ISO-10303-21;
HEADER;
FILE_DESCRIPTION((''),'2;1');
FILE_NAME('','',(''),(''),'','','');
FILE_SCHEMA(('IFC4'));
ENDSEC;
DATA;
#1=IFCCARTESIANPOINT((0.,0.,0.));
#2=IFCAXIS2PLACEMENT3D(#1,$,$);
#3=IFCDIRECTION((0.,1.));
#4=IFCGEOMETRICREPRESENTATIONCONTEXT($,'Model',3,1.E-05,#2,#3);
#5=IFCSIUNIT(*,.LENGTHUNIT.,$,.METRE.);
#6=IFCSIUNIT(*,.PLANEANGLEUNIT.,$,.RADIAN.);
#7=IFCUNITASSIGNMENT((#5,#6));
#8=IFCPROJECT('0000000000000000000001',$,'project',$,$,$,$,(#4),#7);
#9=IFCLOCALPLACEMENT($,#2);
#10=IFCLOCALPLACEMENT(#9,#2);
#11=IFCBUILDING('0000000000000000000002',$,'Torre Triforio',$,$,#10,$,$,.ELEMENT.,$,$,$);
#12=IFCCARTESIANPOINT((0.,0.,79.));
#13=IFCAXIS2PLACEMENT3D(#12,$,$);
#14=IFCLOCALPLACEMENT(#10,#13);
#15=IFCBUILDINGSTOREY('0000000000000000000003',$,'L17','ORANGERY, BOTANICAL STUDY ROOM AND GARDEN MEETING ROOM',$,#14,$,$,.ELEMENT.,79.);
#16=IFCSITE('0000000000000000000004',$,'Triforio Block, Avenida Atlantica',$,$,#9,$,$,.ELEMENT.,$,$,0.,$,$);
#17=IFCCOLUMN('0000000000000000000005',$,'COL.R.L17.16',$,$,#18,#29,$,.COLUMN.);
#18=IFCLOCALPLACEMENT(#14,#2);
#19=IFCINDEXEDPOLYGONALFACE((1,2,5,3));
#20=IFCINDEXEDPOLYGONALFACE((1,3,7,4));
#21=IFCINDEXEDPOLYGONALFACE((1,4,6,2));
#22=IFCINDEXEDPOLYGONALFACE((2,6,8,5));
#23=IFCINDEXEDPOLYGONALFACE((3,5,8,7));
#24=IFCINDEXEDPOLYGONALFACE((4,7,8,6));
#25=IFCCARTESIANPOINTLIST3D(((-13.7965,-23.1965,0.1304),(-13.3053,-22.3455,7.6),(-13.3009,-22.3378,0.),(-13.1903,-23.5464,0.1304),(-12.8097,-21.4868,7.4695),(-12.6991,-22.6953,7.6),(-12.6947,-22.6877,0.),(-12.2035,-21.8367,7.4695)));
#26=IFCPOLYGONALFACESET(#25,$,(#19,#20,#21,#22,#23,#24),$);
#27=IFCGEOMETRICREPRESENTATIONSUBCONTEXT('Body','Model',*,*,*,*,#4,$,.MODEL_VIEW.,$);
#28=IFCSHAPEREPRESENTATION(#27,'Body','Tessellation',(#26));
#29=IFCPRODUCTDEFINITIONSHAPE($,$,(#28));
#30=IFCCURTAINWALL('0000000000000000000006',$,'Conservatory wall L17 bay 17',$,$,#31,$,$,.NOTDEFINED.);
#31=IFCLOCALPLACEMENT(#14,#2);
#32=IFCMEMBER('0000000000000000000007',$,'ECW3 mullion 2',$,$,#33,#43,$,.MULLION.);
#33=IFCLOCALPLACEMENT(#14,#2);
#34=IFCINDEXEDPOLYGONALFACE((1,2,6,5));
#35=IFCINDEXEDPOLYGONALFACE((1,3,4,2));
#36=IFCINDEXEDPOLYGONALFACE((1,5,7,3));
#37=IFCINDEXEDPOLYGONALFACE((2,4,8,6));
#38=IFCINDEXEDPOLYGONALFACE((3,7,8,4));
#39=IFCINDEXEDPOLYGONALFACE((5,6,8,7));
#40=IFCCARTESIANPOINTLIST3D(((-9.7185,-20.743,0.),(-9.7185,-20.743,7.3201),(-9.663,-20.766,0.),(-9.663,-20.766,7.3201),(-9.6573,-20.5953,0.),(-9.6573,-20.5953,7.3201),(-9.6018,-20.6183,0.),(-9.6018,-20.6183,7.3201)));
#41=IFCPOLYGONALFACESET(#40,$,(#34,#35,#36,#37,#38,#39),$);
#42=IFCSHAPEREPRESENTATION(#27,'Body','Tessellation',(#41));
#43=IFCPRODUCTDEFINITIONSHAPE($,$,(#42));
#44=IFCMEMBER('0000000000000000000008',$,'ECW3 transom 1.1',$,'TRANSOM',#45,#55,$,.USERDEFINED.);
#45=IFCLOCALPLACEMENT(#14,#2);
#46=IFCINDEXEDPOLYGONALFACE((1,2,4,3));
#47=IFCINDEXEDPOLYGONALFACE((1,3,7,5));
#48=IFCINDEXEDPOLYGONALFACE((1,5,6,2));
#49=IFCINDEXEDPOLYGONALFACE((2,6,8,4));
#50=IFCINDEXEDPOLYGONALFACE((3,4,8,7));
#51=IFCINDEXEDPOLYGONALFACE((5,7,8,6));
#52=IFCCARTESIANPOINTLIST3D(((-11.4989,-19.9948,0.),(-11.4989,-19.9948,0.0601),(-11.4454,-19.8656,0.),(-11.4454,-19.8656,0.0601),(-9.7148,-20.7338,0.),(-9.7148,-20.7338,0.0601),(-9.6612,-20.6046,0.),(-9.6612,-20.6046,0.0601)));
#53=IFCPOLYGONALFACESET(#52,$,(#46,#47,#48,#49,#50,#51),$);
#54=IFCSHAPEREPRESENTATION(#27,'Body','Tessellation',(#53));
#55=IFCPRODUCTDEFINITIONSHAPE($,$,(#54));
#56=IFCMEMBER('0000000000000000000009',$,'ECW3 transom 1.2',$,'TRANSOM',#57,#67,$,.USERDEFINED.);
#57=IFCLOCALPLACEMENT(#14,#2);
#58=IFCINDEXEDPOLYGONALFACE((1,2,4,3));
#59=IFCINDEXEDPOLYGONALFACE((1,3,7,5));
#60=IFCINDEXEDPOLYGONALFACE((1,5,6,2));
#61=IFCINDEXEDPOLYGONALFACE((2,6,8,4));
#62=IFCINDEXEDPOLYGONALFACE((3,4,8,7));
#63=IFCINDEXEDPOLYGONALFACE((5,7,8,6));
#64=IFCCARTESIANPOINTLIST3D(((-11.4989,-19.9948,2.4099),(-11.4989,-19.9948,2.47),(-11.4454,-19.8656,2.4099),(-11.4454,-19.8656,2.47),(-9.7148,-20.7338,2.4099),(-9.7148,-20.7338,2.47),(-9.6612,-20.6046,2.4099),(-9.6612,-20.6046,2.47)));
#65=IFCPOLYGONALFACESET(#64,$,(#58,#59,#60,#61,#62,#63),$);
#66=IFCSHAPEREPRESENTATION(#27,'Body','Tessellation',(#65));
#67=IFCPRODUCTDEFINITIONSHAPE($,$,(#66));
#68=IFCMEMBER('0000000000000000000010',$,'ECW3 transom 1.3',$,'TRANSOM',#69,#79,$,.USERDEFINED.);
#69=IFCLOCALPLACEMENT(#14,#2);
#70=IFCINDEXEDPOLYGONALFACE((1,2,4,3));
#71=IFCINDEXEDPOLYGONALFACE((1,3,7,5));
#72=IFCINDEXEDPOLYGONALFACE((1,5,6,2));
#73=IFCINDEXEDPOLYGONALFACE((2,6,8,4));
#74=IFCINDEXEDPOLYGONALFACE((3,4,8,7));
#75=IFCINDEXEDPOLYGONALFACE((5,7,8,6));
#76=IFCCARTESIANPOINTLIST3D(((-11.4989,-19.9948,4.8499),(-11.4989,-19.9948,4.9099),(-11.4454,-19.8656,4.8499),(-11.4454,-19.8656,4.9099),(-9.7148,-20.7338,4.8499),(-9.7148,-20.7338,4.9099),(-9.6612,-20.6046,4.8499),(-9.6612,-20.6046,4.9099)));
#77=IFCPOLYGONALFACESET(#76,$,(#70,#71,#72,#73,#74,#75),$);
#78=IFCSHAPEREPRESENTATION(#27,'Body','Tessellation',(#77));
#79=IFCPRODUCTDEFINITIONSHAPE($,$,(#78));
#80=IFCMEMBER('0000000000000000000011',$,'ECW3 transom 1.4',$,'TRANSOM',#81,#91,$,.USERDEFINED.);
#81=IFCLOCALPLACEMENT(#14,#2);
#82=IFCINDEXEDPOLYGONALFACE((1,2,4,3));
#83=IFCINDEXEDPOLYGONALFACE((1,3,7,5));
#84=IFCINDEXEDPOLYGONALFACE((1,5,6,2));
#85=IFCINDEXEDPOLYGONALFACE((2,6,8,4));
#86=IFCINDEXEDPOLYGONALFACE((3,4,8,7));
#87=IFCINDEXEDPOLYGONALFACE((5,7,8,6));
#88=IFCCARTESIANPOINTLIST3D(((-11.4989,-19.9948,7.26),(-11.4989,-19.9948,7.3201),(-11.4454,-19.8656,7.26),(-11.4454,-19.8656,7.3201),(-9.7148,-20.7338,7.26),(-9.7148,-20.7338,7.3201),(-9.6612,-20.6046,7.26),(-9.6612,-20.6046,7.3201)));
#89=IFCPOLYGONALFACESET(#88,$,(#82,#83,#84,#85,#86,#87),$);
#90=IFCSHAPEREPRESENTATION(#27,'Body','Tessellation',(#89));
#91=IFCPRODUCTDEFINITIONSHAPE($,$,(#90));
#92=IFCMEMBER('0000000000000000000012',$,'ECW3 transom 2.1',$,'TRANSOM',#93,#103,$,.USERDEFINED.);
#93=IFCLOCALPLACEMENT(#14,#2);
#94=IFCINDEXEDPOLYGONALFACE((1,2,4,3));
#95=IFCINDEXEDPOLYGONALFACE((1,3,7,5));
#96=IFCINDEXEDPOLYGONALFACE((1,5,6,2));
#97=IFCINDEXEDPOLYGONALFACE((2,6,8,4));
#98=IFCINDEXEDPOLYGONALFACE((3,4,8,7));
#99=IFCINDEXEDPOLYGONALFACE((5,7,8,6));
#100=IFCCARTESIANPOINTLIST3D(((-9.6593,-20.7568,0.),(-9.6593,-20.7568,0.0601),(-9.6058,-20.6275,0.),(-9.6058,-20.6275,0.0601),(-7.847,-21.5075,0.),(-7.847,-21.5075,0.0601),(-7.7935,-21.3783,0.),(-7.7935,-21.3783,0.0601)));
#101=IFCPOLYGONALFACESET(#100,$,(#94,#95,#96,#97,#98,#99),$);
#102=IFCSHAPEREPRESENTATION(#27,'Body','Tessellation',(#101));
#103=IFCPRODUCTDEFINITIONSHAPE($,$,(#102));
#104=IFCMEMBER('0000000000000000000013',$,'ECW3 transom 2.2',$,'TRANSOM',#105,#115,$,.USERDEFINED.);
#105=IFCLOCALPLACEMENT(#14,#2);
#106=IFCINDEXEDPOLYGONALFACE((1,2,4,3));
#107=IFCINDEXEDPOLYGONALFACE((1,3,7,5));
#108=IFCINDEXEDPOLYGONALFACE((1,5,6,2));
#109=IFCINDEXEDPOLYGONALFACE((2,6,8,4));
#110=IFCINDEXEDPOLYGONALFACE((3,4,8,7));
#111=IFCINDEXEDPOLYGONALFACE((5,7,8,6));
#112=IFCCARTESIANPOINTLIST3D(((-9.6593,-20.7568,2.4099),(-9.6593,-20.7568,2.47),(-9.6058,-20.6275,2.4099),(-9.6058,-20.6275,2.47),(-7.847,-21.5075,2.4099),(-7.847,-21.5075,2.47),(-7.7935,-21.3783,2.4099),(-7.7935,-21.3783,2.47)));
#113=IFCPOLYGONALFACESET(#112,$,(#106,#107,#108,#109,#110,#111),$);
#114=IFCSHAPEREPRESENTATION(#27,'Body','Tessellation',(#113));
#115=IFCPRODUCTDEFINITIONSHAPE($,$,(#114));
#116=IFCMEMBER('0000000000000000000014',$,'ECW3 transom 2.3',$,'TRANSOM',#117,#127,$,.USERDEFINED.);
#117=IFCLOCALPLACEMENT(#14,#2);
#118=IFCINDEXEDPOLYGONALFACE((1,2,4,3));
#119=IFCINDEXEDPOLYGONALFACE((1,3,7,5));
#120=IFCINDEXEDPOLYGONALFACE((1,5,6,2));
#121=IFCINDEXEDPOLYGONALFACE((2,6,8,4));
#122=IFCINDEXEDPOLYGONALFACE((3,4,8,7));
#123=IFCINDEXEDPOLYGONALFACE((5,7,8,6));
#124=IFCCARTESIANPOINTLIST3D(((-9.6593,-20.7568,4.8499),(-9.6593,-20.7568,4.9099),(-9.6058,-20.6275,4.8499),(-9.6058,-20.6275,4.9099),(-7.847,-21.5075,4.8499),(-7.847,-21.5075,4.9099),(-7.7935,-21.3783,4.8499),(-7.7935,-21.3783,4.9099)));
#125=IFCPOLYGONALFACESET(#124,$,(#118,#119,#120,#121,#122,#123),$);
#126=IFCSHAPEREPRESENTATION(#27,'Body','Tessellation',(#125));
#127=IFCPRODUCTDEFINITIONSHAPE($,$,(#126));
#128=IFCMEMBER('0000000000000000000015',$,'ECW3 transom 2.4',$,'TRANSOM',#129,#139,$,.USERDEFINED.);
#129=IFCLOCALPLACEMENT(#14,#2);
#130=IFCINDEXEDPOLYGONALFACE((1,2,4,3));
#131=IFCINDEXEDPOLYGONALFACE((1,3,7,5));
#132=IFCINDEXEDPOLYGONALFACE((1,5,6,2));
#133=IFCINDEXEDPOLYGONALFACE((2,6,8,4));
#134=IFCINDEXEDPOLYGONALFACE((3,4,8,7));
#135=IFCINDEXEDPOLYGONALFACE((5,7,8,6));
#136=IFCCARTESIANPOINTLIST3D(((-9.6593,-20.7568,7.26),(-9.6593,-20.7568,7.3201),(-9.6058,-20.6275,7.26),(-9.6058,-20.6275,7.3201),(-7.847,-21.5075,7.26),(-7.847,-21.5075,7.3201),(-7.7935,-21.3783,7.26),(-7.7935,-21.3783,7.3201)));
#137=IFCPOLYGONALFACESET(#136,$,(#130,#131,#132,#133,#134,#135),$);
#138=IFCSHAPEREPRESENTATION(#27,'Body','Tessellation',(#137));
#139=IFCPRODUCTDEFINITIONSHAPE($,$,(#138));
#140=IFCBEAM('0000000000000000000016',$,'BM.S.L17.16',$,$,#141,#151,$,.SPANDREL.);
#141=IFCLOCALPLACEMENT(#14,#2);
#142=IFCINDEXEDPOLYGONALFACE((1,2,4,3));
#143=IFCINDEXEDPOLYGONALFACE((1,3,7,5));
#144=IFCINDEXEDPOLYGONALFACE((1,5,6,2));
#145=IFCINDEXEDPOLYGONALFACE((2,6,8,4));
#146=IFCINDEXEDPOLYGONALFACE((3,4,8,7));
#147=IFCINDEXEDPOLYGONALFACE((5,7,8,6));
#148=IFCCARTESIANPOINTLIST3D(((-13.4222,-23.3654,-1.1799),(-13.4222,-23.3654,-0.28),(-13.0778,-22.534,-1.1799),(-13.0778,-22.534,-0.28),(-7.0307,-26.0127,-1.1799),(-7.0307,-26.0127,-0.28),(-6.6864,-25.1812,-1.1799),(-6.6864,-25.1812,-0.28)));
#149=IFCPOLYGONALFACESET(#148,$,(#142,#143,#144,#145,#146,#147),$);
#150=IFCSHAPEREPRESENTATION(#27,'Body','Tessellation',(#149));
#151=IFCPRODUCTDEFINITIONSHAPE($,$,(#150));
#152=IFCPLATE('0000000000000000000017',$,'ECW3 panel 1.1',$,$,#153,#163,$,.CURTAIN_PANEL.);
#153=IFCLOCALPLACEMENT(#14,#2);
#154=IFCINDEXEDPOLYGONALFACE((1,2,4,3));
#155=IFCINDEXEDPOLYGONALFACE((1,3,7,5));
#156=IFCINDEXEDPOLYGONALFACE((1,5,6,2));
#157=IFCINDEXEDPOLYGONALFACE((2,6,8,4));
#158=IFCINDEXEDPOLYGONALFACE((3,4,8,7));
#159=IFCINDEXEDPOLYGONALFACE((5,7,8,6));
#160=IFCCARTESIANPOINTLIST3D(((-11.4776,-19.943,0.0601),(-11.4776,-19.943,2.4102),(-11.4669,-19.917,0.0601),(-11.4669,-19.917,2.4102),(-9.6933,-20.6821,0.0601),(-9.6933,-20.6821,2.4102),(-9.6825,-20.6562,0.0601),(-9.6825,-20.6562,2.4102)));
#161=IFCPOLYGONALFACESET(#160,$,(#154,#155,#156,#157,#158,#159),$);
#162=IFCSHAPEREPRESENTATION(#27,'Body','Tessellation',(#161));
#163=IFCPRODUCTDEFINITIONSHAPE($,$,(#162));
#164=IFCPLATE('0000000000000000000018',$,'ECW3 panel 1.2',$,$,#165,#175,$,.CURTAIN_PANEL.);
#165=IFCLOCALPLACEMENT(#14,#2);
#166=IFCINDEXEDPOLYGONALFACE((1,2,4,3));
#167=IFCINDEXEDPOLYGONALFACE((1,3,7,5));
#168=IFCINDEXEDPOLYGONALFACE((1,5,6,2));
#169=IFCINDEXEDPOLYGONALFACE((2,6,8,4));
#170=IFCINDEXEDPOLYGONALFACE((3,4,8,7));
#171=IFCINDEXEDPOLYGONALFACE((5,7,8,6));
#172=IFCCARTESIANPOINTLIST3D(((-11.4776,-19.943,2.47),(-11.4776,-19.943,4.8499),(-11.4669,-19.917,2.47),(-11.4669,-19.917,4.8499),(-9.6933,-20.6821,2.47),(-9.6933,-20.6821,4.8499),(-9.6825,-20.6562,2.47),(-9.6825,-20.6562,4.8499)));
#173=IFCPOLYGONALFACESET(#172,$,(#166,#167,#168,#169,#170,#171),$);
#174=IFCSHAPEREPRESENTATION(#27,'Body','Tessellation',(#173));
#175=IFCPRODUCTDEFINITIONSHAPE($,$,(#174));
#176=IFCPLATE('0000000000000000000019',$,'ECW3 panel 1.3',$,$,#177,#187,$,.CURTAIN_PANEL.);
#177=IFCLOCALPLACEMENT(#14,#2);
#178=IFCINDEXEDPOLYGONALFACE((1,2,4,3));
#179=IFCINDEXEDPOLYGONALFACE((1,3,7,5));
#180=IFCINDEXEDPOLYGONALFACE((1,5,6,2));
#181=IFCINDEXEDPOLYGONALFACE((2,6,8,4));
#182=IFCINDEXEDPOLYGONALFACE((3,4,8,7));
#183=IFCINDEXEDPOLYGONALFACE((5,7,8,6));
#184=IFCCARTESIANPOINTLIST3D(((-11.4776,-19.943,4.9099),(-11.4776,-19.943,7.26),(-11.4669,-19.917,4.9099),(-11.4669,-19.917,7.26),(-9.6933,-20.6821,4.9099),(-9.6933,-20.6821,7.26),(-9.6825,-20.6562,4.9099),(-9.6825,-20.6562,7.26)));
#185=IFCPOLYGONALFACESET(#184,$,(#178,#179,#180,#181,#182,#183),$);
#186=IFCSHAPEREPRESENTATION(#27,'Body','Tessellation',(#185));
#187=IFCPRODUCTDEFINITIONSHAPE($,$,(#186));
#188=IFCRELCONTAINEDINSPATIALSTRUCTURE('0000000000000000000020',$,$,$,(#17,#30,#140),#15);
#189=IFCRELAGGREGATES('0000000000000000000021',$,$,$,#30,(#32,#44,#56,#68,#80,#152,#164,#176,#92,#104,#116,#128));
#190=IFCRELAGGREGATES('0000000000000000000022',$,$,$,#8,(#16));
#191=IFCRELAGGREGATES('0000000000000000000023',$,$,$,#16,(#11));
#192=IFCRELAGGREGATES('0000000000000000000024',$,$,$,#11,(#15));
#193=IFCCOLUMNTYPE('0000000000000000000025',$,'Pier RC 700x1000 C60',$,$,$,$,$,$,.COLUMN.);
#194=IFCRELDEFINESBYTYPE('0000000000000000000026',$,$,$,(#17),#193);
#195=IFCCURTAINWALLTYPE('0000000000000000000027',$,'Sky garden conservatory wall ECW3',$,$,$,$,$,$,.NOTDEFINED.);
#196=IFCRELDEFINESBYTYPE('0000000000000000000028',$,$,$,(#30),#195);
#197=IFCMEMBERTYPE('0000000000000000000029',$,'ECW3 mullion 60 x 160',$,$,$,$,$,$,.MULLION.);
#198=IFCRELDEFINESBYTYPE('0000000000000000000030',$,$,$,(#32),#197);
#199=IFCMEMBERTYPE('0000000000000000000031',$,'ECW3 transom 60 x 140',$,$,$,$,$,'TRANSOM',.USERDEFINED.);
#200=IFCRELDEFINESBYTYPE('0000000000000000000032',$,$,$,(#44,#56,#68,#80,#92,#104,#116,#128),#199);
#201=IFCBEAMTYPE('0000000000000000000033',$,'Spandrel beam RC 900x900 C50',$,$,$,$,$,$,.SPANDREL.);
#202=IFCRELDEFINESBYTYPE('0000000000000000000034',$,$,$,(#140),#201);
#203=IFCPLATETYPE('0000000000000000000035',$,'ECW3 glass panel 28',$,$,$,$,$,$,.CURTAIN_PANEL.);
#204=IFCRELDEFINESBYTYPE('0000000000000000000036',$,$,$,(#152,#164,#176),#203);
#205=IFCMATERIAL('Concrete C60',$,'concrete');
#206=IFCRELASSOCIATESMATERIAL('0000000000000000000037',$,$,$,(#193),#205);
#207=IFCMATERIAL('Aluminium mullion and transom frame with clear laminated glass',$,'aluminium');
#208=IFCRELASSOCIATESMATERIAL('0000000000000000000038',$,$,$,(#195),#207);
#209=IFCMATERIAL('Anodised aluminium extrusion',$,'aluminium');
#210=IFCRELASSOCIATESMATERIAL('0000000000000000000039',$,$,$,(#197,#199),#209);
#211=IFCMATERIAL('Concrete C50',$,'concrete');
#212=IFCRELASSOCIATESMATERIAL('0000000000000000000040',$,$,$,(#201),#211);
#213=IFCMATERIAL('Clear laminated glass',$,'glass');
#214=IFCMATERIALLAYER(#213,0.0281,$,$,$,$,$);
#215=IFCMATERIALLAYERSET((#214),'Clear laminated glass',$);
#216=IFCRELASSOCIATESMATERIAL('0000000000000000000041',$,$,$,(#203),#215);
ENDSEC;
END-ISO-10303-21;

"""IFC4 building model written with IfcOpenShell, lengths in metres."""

from ifc_helpers import new_model, si_unit, direction, frame, origin, origin_2d, place, context, subcontext, project, spatial, rectangle, extrude, material, layer, layer_set, material_profile, profile_set, type_object, element, aggregate, save


model = new_model("IFC4")

# Units and contexts
model_context = context("Model", 3, precision=1e-05, world=origin(), true_north=direction((0.0, 1.0)))
body_context = subcontext(model_context, "Body", "Model", "MODEL_VIEW")
ifc_project = project(units=[si_unit("LENGTHUNIT", "METRE"), si_unit("PLANEANGLEUNIT", "RADIAN")], contexts=[model_context])

# Site, building, storey
site_placement = place(None, origin())
site = spatial("IfcSite", under=ifc_project, at=site_placement, Name="Triforio Block, Avenida Atlantica", CompositionType="ELEMENT", RefElevation=0.0)
building_placement = place(site_placement, origin())
building = spatial("IfcBuilding", under=site, at=building_placement, Name="Torre Triforio", CompositionType="ELEMENT")
storey_placement = place(building_placement, frame((0.0, 0.0, 79.0)))
storey = spatial("IfcBuildingStorey", under=building, at=storey_placement, Name="L17", Description="ORANGERY, BOTANICAL STUDY ROOM AND GARDEN MEETING ROOM", CompositionType="ELEMENT", Elevation=79.0)

# Column
ifc_material_1 = material(Name="Concrete C60", Category="concrete")
ifc_material_profile_1 = material_profile(ifc_material_1, rectangle(XDim=0.7, YDim=1.0, at=origin_2d()), Name="RC 700x1000")
ifc_profile_set_1 = profile_set([ifc_material_profile_1], Name="Concrete C60")
column_type = type_object("IfcColumnType", Name="Pier RC 700x1000 C60", PredefinedType="COLUMN", material=ifc_profile_set_1)
column_placement = place(storey_placement, frame((-13.2456, -22.9421, 0.0652), z_axis=(0.065201, 0.112967, 0.991457), x_axis=(-0.866095, 0.49988, 0.0)))
element("IfcColumn", 1, at=column_placement, inside=storey, type_object=column_type, Name="COL.R.L17.16", PredefinedType="COLUMN", context=body_context, shape_type="SweptSolid", body=[
    extrude(rectangle(XDim=0.7, YDim=1.0, at=origin_2d()), origin(), (0.0, 0.0, 1.0), 7.5339),
])

# Curtain wall, members
ifc_material_2 = material(Name="Aluminium mullion and transom frame with clear laminated glass", Category="aluminium")
curtain_wall_type = type_object("IfcCurtainWallType", Name="Sky garden conservatory wall ECW3", PredefinedType="NOTDEFINED", material=ifc_material_2)
curtain_wall_placement = place(storey_placement, origin())
curtain_wall = element("IfcCurtainWall", 2, at=curtain_wall_placement, inside=storey, type_object=curtain_wall_type, Name="Conservatory wall L17 bay 17", PredefinedType="NOTDEFINED")
ifc_material_3 = material(Name="Anodised aluminium extrusion", Category="aluminium")
ifc_material_profile_2 = material_profile(ifc_material_3, rectangle(XDim=0.1599, YDim=0.0601, at=origin_2d()), Name="ECW3 MULLION 60x160")
ifc_profile_set_2 = profile_set([ifc_material_profile_2], Name="Anodised aluminium extrusion")
member_type_1 = type_object("IfcMemberType", Name="ECW3 mullion 60 x 160", PredefinedType="MULLION", material=ifc_profile_set_2)
member_1_placement = place(storey_placement, frame((-9.6602, -20.6807, 0.0), z_axis=(0.0, 0.0, 1.0), x_axis=(0.382687, 0.923878, 0.0)))
member_1 = element("IfcMember", 3, at=member_1_placement, type_object=member_type_1, Name="ECW3 mullion 2", PredefinedType="MULLION", context=body_context, shape_type="SweptSolid", body=[
    extrude(rectangle(XDim=0.1599, YDim=0.0601, at=origin_2d()), origin(), (0.0, 0.0, 1.0), 7.3201),
])
ifc_material_profile_3 = material_profile(ifc_material_3, rectangle(XDim=0.1399, YDim=0.0601, at=origin_2d()), Name="ECW3 TRANSOM 60x140")
ifc_profile_set_3 = profile_set([ifc_material_profile_3], Name="Anodised aluminium extrusion")
member_type_2 = type_object("IfcMemberType", Name="ECW3 transom 60 x 140", ElementType="TRANSOM", PredefinedType="USERDEFINED", material=ifc_profile_set_3)
member_2_placement = place(storey_placement, frame((-11.4722, -19.9302, 0.03), z_axis=(0.923883, -0.382676, 0.0), x_axis=(0.382676, 0.923883, 0.0)))
member_2 = element("IfcMember", 4, at=member_2_placement, type_object=member_type_2, Name="ECW3 transom 1.1", ObjectType="TRANSOM", PredefinedType="USERDEFINED", context=body_context, shape_type="SweptSolid", body=[
    extrude(rectangle(XDim=0.1399, YDim=0.0601, at=origin_2d()), origin(), (0.0, 0.0, 1.0), 1.9312),
])
member_3_placement = place(storey_placement, frame((-11.4722, -19.9302, 2.4399), z_axis=(0.923883, -0.382676, 0.0), x_axis=(0.382676, 0.923883, 0.0)))
member_3 = element("IfcMember", 5, at=member_3_placement, type_object=member_type_2, Name="ECW3 transom 1.2", ObjectType="TRANSOM", PredefinedType="USERDEFINED", context=body_context, shape_type="SweptSolid", body=[
    extrude(rectangle(XDim=0.1399, YDim=0.0601, at=origin_2d()), origin(), (0.0, 0.0, 1.0), 1.9312),
])
member_4_placement = place(storey_placement, frame((-11.4722, -19.9302, 4.8799), z_axis=(0.923883, -0.382676, 0.0), x_axis=(0.382676, 0.923883, 0.0)))
member_4 = element("IfcMember", 6, at=member_4_placement, type_object=member_type_2, Name="ECW3 transom 1.3", ObjectType="TRANSOM", PredefinedType="USERDEFINED", context=body_context, shape_type="SweptSolid", body=[
    extrude(rectangle(XDim=0.1399, YDim=0.0601, at=origin_2d()), origin(), (0.0, 0.0, 1.0), 1.9312),
])
member_5_placement = place(storey_placement, frame((-11.4722, -19.9302, 7.29), z_axis=(0.923883, -0.382676, 0.0), x_axis=(0.382676, 0.923883, 0.0)))
member_5 = element("IfcMember", 7, at=member_5_placement, type_object=member_type_2, Name="ECW3 transom 1.4", ObjectType="TRANSOM", PredefinedType="USERDEFINED", context=body_context, shape_type="SweptSolid", body=[
    extrude(rectangle(XDim=0.1399, YDim=0.0601, at=origin_2d()), origin(), (0.0, 0.0, 1.0), 1.9312),
])
member_6_placement = place(storey_placement, frame((-9.6326, -20.6921, 0.03), z_axis=(0.923867, -0.382715, 0.0), x_axis=(0.382715, 0.923867, 0.0)))
member_6 = element("IfcMember", 8, at=member_6_placement, type_object=member_type_2, Name="ECW3 transom 2.1", ObjectType="TRANSOM", PredefinedType="USERDEFINED", context=body_context, shape_type="SweptSolid", body=[
    extrude(rectangle(XDim=0.1399, YDim=0.0601, at=origin_2d()), origin(), (0.0, 0.0, 1.0), 1.9617),
])
member_7_placement = place(storey_placement, frame((-9.6326, -20.6921, 2.4399), z_axis=(0.923867, -0.382715, 0.0), x_axis=(0.382715, 0.923867, 0.0)))
member_7 = element("IfcMember", 9, at=member_7_placement, type_object=member_type_2, Name="ECW3 transom 2.2", ObjectType="TRANSOM", PredefinedType="USERDEFINED", context=body_context, shape_type="SweptSolid", body=[
    extrude(rectangle(XDim=0.1399, YDim=0.0601, at=origin_2d()), origin(), (0.0, 0.0, 1.0), 1.9617),
])
member_8_placement = place(storey_placement, frame((-9.6326, -20.6921, 4.8799), z_axis=(0.923867, -0.382715, 0.0), x_axis=(0.382715, 0.923867, 0.0)))
member_8 = element("IfcMember", 10, at=member_8_placement, type_object=member_type_2, Name="ECW3 transom 2.3", ObjectType="TRANSOM", PredefinedType="USERDEFINED", context=body_context, shape_type="SweptSolid", body=[
    extrude(rectangle(XDim=0.1399, YDim=0.0601, at=origin_2d()), origin(), (0.0, 0.0, 1.0), 1.9617),
])
member_9_placement = place(storey_placement, frame((-9.6326, -20.6921, 7.29), z_axis=(0.923867, -0.382715, 0.0), x_axis=(0.382715, 0.923867, 0.0)))
member_9 = element("IfcMember", 11, at=member_9_placement, type_object=member_type_2, Name="ECW3 transom 2.4", ObjectType="TRANSOM", PredefinedType="USERDEFINED", context=body_context, shape_type="SweptSolid", body=[
    extrude(rectangle(XDim=0.1399, YDim=0.0601, at=origin_2d()), origin(), (0.0, 0.0, 1.0), 1.9617),
])

# Beam
ifc_material_4 = material(Name="Concrete C50", Category="concrete")
ifc_material_profile_4 = material_profile(ifc_material_4, rectangle(XDim=0.8999, YDim=0.8999, at=origin_2d()), Name="RC 900x900")
ifc_profile_set_4 = profile_set([ifc_material_profile_4], Name="Concrete C50")
beam_type = type_object("IfcBeamType", Name="Spandrel beam RC 900x900 C50", PredefinedType="SPANDREL", material=ifc_profile_set_4)
beam_placement = place(storey_placement, frame((-13.25, -22.9497, -0.73), z_axis=(0.923888, -0.382662, 0.0), x_axis=(0.382662, 0.923888, 0.0)))
element("IfcBeam", 12, at=beam_placement, inside=storey, type_object=beam_type, Name="BM.S.L17.16", PredefinedType="SPANDREL", context=body_context, shape_type="SweptSolid", body=[
    extrude(rectangle(XDim=0.8999, YDim=0.8999, at=origin_2d()), origin(), (0.0, 0.0, 1.0), 6.918),
])

# Plates
ifc_material_5 = material(Name="Clear laminated glass", Category="glass")
ifc_layer_1 = layer(ifc_material_5, 0.0281)
ifc_layer_set_1 = layer_set([ifc_layer_1], Name="Clear laminated glass")
plate_type = type_object("IfcPlateType", Name="ECW3 glass panel 28", PredefinedType="CURTAIN_PANEL", material=ifc_layer_set_1)
plate_1_placement = place(storey_placement, frame((-10.5801, -20.2996, 0.0601), z_axis=(0.0, 0.0, 1.0), x_axis=(0.923878, -0.382687, 0.0)))
plate_1 = element("IfcPlate", 13, at=plate_1_placement, type_object=plate_type, Name="ECW3 panel 1.1", PredefinedType="CURTAIN_PANEL", context=body_context, shape_type="SweptSolid", body=[
    extrude(rectangle(XDim=1.9314, YDim=0.0281, at=origin_2d()), origin(), (0.0, 0.0, 1.0), 2.3501),
])
plate_2_placement = place(storey_placement, frame((-10.5801, -20.2996, 2.47), z_axis=(0.0, 0.0, 1.0), x_axis=(0.923878, -0.382687, 0.0)))
plate_2 = element("IfcPlate", 14, at=plate_2_placement, type_object=plate_type, Name="ECW3 panel 1.2", PredefinedType="CURTAIN_PANEL", context=body_context, shape_type="SweptSolid", body=[
    extrude(rectangle(XDim=1.9314, YDim=0.0281, at=origin_2d()), origin(), (0.0, 0.0, 1.0), 2.3799),
])
plate_3_placement = place(storey_placement, frame((-10.5801, -20.2996, 4.9099), z_axis=(0.0, 0.0, 1.0), x_axis=(0.923878, -0.382687, 0.0)))
plate_3 = element("IfcPlate", 15, at=plate_3_placement, type_object=plate_type, Name="ECW3 panel 1.3", PredefinedType="CURTAIN_PANEL", context=body_context, shape_type="SweptSolid", body=[
    extrude(rectangle(XDim=1.9314, YDim=0.0281, at=origin_2d()), origin(), (0.0, 0.0, 1.0), 2.3501),
])
aggregate(curtain_wall, [member_1, member_2, member_3, member_4, member_5, plate_1, plate_2, plate_3, member_6, member_7, member_8, member_9])

save(model, "model.ifc")
